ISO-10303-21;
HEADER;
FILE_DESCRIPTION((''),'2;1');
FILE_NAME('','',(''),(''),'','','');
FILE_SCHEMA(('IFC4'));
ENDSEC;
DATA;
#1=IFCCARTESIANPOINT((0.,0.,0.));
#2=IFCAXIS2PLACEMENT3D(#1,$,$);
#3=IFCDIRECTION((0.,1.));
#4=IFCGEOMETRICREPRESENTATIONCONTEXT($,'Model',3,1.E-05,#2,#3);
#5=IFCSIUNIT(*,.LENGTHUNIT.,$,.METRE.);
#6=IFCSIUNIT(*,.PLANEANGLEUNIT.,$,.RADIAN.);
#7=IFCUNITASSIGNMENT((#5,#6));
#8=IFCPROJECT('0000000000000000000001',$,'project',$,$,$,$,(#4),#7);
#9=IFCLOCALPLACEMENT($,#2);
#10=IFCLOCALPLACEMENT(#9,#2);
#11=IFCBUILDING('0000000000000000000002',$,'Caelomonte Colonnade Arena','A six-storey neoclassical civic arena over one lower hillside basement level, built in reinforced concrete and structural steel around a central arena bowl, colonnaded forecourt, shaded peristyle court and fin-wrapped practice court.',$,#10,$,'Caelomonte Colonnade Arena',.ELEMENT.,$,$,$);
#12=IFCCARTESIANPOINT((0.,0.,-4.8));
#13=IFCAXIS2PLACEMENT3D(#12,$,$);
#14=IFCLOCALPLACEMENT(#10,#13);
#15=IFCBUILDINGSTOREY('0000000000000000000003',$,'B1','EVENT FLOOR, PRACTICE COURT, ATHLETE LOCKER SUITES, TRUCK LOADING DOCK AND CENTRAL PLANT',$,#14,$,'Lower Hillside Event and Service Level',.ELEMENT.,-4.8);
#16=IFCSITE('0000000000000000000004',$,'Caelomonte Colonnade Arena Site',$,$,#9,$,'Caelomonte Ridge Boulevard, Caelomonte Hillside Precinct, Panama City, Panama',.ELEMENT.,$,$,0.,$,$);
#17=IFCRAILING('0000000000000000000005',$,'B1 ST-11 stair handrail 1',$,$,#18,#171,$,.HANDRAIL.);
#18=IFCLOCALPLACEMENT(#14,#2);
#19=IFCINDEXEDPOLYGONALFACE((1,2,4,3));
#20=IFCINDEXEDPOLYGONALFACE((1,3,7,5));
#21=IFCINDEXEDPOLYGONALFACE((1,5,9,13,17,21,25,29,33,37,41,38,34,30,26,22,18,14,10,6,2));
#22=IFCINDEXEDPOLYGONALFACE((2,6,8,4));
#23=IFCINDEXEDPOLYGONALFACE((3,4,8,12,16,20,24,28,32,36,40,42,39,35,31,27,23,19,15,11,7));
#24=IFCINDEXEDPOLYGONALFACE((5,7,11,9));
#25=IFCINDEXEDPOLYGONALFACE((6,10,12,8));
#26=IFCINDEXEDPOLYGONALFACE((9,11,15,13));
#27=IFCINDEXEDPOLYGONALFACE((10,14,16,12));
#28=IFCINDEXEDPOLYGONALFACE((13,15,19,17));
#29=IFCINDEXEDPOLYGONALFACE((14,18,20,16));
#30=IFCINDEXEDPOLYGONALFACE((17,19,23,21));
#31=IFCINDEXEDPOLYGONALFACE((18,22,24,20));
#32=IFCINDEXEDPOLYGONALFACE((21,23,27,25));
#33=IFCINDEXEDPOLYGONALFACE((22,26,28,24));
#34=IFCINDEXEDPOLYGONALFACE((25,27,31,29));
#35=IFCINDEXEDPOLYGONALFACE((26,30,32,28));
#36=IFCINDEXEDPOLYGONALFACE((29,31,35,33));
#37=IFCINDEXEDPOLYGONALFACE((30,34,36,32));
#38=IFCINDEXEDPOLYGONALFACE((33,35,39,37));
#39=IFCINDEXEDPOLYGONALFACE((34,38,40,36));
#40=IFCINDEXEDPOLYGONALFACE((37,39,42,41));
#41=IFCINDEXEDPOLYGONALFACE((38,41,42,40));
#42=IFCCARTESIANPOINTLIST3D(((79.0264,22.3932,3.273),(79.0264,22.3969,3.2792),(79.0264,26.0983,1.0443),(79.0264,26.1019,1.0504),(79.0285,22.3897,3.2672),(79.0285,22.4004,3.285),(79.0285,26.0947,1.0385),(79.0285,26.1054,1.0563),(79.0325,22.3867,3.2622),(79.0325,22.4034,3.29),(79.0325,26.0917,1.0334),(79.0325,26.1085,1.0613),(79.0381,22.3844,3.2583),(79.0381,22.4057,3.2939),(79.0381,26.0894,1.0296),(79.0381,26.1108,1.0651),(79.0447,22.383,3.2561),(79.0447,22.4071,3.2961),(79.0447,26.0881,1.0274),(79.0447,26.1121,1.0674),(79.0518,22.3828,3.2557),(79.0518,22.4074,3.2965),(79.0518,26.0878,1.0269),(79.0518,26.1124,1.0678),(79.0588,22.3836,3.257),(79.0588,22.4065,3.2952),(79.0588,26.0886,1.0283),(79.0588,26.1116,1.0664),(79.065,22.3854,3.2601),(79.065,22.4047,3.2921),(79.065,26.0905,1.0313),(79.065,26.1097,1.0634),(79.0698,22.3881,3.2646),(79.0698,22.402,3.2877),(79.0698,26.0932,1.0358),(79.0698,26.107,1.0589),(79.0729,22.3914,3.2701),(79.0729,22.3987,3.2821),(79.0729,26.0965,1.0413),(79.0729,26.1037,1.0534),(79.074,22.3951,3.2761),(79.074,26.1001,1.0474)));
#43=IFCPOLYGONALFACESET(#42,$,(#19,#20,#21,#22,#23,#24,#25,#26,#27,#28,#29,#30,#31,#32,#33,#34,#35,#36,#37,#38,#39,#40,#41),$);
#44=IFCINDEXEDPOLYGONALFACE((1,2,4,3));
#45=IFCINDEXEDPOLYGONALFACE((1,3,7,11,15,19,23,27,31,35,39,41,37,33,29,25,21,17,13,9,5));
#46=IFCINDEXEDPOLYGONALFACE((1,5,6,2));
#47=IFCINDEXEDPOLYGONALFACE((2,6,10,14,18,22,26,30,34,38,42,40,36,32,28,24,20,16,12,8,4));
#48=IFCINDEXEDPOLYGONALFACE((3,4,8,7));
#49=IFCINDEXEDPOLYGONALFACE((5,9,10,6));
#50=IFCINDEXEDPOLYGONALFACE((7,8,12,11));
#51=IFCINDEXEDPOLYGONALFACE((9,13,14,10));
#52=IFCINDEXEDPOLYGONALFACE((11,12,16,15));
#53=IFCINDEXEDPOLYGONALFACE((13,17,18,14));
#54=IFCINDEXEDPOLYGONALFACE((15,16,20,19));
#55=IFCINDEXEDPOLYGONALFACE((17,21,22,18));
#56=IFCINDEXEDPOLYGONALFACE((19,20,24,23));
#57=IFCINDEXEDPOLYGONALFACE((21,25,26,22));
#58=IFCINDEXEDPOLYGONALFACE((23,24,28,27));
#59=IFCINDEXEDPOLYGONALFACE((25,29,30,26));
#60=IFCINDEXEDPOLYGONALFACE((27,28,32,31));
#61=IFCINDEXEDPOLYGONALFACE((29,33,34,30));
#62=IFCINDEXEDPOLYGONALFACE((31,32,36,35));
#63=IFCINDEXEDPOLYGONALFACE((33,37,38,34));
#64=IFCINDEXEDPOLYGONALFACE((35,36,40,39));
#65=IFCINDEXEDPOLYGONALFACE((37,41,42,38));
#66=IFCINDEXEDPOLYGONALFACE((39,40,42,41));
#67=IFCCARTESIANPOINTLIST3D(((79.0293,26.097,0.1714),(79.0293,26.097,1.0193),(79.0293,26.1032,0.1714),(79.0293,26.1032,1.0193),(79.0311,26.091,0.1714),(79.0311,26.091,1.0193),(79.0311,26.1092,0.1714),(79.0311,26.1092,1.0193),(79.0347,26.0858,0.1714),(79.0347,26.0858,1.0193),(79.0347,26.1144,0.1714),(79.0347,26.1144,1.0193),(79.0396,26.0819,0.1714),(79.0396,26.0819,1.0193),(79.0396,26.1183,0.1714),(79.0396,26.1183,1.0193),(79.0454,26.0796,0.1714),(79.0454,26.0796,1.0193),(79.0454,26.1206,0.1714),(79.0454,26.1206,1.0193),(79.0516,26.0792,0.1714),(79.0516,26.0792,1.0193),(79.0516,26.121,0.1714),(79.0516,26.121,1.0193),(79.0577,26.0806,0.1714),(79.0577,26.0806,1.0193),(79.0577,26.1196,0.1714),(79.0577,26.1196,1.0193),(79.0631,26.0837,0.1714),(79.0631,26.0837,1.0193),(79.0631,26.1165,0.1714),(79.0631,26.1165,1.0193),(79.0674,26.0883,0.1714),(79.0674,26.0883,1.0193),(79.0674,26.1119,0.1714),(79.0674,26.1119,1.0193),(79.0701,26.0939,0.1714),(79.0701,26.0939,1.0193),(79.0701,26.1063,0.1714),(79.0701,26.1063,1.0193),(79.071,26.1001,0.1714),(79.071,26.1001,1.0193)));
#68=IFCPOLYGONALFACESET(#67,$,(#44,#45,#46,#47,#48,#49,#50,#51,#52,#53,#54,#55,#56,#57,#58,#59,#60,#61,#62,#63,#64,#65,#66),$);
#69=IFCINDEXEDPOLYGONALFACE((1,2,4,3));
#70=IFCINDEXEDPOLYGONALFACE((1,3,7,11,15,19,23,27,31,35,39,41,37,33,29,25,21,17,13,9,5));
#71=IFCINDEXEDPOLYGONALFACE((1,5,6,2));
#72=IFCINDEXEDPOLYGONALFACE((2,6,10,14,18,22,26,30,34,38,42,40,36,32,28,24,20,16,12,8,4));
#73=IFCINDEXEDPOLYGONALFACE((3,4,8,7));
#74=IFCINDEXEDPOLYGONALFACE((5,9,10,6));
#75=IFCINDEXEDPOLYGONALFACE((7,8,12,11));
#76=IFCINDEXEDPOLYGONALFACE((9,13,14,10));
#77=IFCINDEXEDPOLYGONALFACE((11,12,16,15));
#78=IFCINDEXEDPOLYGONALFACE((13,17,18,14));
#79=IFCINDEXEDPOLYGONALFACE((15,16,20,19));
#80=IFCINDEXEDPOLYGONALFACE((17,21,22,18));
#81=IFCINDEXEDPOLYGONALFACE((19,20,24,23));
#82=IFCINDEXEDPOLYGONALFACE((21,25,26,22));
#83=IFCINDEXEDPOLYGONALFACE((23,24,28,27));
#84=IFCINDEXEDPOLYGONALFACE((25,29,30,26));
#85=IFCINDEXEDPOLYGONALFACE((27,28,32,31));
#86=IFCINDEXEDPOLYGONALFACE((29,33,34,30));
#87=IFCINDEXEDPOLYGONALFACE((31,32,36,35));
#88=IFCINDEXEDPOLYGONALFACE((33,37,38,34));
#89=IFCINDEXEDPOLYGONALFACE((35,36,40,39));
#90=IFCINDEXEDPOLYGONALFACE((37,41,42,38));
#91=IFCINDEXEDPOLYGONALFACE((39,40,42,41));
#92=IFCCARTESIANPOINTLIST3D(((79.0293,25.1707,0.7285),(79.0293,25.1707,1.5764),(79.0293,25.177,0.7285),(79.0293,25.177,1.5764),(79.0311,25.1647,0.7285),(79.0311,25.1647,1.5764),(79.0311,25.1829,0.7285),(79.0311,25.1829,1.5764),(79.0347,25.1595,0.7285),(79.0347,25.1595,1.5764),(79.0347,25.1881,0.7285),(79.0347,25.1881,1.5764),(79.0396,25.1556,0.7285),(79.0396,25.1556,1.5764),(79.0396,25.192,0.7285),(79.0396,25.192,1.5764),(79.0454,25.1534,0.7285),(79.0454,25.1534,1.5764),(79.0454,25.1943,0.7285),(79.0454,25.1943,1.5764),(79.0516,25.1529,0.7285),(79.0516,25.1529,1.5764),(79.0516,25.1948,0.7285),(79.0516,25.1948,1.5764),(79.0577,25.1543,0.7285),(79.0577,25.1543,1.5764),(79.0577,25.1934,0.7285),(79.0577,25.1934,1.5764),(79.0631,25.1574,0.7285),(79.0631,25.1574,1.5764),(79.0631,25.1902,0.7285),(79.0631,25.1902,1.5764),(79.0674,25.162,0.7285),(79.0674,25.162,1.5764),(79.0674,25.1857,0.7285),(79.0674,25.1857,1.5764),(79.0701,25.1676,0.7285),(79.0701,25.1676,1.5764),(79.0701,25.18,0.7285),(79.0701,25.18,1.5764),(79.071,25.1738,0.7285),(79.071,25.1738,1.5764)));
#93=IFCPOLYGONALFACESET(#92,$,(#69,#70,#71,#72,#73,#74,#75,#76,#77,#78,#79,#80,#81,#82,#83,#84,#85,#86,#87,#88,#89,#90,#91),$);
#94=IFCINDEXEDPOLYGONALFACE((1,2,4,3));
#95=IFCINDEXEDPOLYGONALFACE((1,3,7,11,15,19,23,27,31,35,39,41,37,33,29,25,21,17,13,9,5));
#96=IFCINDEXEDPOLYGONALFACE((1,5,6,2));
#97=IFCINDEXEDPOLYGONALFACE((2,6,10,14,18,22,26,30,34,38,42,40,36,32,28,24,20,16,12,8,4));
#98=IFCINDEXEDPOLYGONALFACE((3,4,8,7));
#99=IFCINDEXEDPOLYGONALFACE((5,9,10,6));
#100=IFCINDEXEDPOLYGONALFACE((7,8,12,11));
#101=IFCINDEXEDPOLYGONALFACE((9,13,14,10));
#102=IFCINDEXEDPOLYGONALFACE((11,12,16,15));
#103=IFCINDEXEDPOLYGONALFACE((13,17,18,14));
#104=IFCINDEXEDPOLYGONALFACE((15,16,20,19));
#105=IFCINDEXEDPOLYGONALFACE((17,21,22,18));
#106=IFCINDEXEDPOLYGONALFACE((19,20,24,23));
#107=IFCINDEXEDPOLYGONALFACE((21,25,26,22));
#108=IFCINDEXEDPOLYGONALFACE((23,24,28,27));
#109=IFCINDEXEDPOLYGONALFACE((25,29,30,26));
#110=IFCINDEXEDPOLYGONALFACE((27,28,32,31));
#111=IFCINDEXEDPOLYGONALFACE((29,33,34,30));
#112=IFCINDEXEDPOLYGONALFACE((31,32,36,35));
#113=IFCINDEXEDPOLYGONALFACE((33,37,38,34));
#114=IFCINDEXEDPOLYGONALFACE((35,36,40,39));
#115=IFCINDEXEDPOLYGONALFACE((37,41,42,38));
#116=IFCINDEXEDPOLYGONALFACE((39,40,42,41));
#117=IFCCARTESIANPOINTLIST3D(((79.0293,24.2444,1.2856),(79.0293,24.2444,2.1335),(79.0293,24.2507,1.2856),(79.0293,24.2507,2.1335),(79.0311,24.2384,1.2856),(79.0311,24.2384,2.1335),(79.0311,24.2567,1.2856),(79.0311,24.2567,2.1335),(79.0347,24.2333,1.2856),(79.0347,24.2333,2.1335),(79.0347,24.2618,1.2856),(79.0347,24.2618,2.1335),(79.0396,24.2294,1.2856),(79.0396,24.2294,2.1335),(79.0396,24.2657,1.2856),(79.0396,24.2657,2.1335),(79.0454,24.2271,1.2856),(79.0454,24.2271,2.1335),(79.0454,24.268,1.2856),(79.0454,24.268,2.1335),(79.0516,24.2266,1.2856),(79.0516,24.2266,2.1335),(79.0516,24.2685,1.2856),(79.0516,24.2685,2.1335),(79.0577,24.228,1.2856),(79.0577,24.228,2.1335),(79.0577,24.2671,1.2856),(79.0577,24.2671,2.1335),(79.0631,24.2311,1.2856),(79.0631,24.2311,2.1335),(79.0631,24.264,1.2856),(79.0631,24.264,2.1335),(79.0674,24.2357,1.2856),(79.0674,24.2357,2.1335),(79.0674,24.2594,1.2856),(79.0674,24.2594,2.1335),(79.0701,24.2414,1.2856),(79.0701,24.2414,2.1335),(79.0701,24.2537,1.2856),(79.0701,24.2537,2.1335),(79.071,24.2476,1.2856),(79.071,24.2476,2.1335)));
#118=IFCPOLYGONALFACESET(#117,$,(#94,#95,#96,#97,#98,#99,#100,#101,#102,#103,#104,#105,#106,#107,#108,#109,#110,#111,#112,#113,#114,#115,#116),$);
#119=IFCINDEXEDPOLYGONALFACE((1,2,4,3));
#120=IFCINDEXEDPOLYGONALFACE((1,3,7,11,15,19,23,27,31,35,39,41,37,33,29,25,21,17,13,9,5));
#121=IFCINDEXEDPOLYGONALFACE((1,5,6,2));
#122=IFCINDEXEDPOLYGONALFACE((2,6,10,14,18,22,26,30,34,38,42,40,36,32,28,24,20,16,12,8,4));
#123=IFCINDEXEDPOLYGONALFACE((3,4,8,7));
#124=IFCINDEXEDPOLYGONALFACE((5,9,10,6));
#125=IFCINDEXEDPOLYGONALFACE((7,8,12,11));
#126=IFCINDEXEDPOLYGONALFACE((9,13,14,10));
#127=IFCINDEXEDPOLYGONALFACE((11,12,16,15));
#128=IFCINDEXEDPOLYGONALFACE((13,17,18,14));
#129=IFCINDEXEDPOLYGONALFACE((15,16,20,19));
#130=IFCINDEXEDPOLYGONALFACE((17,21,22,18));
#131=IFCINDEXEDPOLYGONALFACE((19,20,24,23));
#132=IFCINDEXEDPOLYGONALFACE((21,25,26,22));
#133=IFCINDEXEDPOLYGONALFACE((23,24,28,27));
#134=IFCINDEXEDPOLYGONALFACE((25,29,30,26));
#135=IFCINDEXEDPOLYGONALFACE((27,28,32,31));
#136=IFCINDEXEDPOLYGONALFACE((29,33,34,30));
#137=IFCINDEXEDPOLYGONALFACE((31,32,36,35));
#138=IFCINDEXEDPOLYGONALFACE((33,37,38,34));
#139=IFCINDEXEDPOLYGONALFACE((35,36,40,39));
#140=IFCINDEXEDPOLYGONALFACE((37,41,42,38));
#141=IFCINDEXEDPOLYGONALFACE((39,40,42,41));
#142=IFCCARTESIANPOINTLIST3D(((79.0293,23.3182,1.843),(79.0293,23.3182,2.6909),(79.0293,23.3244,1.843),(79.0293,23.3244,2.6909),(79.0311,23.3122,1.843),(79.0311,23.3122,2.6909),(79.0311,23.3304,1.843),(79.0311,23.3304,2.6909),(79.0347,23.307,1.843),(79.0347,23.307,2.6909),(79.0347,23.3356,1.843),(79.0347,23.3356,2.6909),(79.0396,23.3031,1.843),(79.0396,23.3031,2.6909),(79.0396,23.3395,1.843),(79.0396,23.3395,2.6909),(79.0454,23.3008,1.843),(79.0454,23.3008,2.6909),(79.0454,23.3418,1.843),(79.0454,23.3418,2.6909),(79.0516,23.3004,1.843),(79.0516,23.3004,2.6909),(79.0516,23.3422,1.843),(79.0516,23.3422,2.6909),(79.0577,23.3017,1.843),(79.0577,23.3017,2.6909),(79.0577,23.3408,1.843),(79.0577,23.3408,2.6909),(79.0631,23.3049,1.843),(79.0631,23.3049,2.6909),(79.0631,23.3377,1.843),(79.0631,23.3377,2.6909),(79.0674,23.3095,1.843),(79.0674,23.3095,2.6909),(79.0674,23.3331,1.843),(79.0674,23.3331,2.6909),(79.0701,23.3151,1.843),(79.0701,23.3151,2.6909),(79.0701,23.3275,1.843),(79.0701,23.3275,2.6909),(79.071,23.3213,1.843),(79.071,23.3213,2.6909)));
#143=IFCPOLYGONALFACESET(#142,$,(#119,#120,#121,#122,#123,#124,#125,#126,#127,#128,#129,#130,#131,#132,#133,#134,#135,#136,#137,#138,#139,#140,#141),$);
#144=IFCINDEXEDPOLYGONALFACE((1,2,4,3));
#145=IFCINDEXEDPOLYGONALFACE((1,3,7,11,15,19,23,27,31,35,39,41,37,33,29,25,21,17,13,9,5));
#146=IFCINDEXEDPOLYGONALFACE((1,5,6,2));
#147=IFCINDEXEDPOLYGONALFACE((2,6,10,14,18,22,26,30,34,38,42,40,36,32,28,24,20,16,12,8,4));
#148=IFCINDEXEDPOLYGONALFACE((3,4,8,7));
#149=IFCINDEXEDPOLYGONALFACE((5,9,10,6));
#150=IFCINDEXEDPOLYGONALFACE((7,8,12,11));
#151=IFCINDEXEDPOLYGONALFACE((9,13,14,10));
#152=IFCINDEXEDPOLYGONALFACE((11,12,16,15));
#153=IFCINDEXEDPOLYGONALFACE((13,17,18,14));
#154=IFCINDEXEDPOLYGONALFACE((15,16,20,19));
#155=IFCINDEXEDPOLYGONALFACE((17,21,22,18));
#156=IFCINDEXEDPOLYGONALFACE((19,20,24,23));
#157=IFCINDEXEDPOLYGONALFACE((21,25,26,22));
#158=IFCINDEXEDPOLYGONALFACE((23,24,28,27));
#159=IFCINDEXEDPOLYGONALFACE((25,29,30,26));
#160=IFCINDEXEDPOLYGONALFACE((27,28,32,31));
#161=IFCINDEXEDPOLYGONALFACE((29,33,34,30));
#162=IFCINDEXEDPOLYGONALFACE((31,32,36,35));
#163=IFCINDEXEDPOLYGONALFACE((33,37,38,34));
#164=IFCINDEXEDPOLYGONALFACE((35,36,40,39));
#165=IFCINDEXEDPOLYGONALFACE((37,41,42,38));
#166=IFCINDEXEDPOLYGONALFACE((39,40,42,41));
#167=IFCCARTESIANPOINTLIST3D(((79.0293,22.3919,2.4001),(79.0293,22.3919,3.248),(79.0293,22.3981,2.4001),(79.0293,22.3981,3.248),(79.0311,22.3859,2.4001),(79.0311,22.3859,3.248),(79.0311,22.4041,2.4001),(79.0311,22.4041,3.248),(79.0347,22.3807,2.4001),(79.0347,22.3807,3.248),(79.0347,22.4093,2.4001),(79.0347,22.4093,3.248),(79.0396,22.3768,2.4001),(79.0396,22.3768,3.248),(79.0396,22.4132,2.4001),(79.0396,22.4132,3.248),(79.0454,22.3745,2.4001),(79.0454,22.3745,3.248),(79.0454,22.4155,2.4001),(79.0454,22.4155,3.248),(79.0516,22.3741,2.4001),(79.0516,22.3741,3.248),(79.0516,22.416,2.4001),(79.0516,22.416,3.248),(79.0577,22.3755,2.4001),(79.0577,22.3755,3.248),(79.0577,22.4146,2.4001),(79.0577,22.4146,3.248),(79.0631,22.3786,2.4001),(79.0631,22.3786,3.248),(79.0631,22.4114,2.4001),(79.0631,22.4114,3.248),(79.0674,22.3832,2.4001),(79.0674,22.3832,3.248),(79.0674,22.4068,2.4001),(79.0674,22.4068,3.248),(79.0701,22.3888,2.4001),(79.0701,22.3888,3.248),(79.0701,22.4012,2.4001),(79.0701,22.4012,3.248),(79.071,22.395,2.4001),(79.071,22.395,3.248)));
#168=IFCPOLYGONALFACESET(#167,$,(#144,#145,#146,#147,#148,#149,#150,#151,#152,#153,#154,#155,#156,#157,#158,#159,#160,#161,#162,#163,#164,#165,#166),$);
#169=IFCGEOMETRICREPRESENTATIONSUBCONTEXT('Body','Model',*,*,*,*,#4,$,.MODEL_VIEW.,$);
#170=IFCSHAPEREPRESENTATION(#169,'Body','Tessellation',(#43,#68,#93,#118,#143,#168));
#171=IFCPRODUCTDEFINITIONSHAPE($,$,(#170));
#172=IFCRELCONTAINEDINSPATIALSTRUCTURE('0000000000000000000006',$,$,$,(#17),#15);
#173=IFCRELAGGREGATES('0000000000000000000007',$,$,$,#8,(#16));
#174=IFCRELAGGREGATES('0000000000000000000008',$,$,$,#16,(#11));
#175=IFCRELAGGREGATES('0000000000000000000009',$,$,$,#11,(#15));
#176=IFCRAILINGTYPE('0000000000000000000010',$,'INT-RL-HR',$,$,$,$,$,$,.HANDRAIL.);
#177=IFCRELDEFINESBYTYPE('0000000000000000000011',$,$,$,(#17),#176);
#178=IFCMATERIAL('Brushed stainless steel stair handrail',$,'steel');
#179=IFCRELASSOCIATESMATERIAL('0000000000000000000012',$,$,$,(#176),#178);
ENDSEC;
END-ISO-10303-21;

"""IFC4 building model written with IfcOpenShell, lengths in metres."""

from ifc_helpers import new_model, si_unit, direction, frame, origin, origin_2d, place, context, subcontext, project, spatial, circle, extrude, material, type_object, element, save


model = new_model("IFC4")

# Units and contexts
model_context = context("Model", 3, precision=1e-05, world=origin(), true_north=direction((0.0, 1.0)))
body_context = subcontext(model_context, "Body", "Model", "MODEL_VIEW")
ifc_project = project(units=[si_unit("LENGTHUNIT", "METRE"), si_unit("PLANEANGLEUNIT", "RADIAN")], contexts=[model_context])

# Site, building, storey
site_placement = place(None, origin())
site = spatial("IfcSite", under=ifc_project, at=site_placement, Name="Caelomonte Colonnade Arena Site", LongName="Caelomonte Ridge Boulevard, Caelomonte Hillside Precinct, Panama City, Panama", CompositionType="ELEMENT", RefElevation=0.0)
building_placement = place(site_placement, origin())
building = spatial("IfcBuilding", under=site, at=building_placement, Name="Caelomonte Colonnade Arena", Description="A six-storey neoclassical civic arena over one lower hillside basement level, built in reinforced concrete and structural steel around a central arena bowl, colonnaded forecourt, shaded peristyle court and fin-wrapped practice court.", LongName="Caelomonte Colonnade Arena", CompositionType="ELEMENT")
storey_placement = place(building_placement, frame((0.0, 0.0, -4.8)))
storey = spatial("IfcBuildingStorey", under=building, at=storey_placement, Name="B1", Description="EVENT FLOOR, PRACTICE COURT, ATHLETE LOCKER SUITES, TRUCK LOADING DOCK AND CENTRAL PLANT", LongName="Lower Hillside Event and Service Level", CompositionType="ELEMENT", Elevation=-4.8)

# Railing
ifc_material_1 = material(Name="Brushed stainless steel stair handrail", Category="steel")
railing_type_1 = type_object("IfcRailingType", Name="INT-RL-HR", PredefinedType="HANDRAIL", material=ifc_material_1)
railing_1_placement = place(storey_placement, frame((79.05, 26.1001, 0.1714)))
element("IfcRailing", 1, at=railing_1_placement, inside=storey, type_object=railing_type_1, Name="B1 ST-11 stair handrail 1", PredefinedType="HANDRAIL", context=body_context, shape_type="SweptSolid", body=[
    extrude(circle(Radius=0.0239, at=origin_2d()), frame((0.0, 0.0, 0.876), z_axis=(0.0, -0.856909, 0.515467), x_axis=(1.0, 0.0, 0.0)), (0.0, 0.0, 1.0), 4.3237),
    extrude(circle(Radius=0.021, at=origin_2d()), origin(), (0.0, 0.0, 1.0), 0.8479),
    extrude(circle(Radius=0.021, at=origin_2d()), frame((0.0, -0.9263, 0.5571)), (0.0, 0.0, 1.0), 0.8479),
    extrude(circle(Radius=0.021, at=origin_2d()), frame((0.0, -1.8525, 1.1143)), (0.0, 0.0, 1.0), 0.8479),
    extrude(circle(Radius=0.021, at=origin_2d()), frame((0.0, -2.7788, 1.6716)), (0.0, 0.0, 1.0), 0.8479),
    extrude(circle(Radius=0.021, at=origin_2d()), frame((0.0, -3.7051, 2.2288)), (0.0, 0.0, 1.0), 0.8479),
])

save(model, "model.ifc")
